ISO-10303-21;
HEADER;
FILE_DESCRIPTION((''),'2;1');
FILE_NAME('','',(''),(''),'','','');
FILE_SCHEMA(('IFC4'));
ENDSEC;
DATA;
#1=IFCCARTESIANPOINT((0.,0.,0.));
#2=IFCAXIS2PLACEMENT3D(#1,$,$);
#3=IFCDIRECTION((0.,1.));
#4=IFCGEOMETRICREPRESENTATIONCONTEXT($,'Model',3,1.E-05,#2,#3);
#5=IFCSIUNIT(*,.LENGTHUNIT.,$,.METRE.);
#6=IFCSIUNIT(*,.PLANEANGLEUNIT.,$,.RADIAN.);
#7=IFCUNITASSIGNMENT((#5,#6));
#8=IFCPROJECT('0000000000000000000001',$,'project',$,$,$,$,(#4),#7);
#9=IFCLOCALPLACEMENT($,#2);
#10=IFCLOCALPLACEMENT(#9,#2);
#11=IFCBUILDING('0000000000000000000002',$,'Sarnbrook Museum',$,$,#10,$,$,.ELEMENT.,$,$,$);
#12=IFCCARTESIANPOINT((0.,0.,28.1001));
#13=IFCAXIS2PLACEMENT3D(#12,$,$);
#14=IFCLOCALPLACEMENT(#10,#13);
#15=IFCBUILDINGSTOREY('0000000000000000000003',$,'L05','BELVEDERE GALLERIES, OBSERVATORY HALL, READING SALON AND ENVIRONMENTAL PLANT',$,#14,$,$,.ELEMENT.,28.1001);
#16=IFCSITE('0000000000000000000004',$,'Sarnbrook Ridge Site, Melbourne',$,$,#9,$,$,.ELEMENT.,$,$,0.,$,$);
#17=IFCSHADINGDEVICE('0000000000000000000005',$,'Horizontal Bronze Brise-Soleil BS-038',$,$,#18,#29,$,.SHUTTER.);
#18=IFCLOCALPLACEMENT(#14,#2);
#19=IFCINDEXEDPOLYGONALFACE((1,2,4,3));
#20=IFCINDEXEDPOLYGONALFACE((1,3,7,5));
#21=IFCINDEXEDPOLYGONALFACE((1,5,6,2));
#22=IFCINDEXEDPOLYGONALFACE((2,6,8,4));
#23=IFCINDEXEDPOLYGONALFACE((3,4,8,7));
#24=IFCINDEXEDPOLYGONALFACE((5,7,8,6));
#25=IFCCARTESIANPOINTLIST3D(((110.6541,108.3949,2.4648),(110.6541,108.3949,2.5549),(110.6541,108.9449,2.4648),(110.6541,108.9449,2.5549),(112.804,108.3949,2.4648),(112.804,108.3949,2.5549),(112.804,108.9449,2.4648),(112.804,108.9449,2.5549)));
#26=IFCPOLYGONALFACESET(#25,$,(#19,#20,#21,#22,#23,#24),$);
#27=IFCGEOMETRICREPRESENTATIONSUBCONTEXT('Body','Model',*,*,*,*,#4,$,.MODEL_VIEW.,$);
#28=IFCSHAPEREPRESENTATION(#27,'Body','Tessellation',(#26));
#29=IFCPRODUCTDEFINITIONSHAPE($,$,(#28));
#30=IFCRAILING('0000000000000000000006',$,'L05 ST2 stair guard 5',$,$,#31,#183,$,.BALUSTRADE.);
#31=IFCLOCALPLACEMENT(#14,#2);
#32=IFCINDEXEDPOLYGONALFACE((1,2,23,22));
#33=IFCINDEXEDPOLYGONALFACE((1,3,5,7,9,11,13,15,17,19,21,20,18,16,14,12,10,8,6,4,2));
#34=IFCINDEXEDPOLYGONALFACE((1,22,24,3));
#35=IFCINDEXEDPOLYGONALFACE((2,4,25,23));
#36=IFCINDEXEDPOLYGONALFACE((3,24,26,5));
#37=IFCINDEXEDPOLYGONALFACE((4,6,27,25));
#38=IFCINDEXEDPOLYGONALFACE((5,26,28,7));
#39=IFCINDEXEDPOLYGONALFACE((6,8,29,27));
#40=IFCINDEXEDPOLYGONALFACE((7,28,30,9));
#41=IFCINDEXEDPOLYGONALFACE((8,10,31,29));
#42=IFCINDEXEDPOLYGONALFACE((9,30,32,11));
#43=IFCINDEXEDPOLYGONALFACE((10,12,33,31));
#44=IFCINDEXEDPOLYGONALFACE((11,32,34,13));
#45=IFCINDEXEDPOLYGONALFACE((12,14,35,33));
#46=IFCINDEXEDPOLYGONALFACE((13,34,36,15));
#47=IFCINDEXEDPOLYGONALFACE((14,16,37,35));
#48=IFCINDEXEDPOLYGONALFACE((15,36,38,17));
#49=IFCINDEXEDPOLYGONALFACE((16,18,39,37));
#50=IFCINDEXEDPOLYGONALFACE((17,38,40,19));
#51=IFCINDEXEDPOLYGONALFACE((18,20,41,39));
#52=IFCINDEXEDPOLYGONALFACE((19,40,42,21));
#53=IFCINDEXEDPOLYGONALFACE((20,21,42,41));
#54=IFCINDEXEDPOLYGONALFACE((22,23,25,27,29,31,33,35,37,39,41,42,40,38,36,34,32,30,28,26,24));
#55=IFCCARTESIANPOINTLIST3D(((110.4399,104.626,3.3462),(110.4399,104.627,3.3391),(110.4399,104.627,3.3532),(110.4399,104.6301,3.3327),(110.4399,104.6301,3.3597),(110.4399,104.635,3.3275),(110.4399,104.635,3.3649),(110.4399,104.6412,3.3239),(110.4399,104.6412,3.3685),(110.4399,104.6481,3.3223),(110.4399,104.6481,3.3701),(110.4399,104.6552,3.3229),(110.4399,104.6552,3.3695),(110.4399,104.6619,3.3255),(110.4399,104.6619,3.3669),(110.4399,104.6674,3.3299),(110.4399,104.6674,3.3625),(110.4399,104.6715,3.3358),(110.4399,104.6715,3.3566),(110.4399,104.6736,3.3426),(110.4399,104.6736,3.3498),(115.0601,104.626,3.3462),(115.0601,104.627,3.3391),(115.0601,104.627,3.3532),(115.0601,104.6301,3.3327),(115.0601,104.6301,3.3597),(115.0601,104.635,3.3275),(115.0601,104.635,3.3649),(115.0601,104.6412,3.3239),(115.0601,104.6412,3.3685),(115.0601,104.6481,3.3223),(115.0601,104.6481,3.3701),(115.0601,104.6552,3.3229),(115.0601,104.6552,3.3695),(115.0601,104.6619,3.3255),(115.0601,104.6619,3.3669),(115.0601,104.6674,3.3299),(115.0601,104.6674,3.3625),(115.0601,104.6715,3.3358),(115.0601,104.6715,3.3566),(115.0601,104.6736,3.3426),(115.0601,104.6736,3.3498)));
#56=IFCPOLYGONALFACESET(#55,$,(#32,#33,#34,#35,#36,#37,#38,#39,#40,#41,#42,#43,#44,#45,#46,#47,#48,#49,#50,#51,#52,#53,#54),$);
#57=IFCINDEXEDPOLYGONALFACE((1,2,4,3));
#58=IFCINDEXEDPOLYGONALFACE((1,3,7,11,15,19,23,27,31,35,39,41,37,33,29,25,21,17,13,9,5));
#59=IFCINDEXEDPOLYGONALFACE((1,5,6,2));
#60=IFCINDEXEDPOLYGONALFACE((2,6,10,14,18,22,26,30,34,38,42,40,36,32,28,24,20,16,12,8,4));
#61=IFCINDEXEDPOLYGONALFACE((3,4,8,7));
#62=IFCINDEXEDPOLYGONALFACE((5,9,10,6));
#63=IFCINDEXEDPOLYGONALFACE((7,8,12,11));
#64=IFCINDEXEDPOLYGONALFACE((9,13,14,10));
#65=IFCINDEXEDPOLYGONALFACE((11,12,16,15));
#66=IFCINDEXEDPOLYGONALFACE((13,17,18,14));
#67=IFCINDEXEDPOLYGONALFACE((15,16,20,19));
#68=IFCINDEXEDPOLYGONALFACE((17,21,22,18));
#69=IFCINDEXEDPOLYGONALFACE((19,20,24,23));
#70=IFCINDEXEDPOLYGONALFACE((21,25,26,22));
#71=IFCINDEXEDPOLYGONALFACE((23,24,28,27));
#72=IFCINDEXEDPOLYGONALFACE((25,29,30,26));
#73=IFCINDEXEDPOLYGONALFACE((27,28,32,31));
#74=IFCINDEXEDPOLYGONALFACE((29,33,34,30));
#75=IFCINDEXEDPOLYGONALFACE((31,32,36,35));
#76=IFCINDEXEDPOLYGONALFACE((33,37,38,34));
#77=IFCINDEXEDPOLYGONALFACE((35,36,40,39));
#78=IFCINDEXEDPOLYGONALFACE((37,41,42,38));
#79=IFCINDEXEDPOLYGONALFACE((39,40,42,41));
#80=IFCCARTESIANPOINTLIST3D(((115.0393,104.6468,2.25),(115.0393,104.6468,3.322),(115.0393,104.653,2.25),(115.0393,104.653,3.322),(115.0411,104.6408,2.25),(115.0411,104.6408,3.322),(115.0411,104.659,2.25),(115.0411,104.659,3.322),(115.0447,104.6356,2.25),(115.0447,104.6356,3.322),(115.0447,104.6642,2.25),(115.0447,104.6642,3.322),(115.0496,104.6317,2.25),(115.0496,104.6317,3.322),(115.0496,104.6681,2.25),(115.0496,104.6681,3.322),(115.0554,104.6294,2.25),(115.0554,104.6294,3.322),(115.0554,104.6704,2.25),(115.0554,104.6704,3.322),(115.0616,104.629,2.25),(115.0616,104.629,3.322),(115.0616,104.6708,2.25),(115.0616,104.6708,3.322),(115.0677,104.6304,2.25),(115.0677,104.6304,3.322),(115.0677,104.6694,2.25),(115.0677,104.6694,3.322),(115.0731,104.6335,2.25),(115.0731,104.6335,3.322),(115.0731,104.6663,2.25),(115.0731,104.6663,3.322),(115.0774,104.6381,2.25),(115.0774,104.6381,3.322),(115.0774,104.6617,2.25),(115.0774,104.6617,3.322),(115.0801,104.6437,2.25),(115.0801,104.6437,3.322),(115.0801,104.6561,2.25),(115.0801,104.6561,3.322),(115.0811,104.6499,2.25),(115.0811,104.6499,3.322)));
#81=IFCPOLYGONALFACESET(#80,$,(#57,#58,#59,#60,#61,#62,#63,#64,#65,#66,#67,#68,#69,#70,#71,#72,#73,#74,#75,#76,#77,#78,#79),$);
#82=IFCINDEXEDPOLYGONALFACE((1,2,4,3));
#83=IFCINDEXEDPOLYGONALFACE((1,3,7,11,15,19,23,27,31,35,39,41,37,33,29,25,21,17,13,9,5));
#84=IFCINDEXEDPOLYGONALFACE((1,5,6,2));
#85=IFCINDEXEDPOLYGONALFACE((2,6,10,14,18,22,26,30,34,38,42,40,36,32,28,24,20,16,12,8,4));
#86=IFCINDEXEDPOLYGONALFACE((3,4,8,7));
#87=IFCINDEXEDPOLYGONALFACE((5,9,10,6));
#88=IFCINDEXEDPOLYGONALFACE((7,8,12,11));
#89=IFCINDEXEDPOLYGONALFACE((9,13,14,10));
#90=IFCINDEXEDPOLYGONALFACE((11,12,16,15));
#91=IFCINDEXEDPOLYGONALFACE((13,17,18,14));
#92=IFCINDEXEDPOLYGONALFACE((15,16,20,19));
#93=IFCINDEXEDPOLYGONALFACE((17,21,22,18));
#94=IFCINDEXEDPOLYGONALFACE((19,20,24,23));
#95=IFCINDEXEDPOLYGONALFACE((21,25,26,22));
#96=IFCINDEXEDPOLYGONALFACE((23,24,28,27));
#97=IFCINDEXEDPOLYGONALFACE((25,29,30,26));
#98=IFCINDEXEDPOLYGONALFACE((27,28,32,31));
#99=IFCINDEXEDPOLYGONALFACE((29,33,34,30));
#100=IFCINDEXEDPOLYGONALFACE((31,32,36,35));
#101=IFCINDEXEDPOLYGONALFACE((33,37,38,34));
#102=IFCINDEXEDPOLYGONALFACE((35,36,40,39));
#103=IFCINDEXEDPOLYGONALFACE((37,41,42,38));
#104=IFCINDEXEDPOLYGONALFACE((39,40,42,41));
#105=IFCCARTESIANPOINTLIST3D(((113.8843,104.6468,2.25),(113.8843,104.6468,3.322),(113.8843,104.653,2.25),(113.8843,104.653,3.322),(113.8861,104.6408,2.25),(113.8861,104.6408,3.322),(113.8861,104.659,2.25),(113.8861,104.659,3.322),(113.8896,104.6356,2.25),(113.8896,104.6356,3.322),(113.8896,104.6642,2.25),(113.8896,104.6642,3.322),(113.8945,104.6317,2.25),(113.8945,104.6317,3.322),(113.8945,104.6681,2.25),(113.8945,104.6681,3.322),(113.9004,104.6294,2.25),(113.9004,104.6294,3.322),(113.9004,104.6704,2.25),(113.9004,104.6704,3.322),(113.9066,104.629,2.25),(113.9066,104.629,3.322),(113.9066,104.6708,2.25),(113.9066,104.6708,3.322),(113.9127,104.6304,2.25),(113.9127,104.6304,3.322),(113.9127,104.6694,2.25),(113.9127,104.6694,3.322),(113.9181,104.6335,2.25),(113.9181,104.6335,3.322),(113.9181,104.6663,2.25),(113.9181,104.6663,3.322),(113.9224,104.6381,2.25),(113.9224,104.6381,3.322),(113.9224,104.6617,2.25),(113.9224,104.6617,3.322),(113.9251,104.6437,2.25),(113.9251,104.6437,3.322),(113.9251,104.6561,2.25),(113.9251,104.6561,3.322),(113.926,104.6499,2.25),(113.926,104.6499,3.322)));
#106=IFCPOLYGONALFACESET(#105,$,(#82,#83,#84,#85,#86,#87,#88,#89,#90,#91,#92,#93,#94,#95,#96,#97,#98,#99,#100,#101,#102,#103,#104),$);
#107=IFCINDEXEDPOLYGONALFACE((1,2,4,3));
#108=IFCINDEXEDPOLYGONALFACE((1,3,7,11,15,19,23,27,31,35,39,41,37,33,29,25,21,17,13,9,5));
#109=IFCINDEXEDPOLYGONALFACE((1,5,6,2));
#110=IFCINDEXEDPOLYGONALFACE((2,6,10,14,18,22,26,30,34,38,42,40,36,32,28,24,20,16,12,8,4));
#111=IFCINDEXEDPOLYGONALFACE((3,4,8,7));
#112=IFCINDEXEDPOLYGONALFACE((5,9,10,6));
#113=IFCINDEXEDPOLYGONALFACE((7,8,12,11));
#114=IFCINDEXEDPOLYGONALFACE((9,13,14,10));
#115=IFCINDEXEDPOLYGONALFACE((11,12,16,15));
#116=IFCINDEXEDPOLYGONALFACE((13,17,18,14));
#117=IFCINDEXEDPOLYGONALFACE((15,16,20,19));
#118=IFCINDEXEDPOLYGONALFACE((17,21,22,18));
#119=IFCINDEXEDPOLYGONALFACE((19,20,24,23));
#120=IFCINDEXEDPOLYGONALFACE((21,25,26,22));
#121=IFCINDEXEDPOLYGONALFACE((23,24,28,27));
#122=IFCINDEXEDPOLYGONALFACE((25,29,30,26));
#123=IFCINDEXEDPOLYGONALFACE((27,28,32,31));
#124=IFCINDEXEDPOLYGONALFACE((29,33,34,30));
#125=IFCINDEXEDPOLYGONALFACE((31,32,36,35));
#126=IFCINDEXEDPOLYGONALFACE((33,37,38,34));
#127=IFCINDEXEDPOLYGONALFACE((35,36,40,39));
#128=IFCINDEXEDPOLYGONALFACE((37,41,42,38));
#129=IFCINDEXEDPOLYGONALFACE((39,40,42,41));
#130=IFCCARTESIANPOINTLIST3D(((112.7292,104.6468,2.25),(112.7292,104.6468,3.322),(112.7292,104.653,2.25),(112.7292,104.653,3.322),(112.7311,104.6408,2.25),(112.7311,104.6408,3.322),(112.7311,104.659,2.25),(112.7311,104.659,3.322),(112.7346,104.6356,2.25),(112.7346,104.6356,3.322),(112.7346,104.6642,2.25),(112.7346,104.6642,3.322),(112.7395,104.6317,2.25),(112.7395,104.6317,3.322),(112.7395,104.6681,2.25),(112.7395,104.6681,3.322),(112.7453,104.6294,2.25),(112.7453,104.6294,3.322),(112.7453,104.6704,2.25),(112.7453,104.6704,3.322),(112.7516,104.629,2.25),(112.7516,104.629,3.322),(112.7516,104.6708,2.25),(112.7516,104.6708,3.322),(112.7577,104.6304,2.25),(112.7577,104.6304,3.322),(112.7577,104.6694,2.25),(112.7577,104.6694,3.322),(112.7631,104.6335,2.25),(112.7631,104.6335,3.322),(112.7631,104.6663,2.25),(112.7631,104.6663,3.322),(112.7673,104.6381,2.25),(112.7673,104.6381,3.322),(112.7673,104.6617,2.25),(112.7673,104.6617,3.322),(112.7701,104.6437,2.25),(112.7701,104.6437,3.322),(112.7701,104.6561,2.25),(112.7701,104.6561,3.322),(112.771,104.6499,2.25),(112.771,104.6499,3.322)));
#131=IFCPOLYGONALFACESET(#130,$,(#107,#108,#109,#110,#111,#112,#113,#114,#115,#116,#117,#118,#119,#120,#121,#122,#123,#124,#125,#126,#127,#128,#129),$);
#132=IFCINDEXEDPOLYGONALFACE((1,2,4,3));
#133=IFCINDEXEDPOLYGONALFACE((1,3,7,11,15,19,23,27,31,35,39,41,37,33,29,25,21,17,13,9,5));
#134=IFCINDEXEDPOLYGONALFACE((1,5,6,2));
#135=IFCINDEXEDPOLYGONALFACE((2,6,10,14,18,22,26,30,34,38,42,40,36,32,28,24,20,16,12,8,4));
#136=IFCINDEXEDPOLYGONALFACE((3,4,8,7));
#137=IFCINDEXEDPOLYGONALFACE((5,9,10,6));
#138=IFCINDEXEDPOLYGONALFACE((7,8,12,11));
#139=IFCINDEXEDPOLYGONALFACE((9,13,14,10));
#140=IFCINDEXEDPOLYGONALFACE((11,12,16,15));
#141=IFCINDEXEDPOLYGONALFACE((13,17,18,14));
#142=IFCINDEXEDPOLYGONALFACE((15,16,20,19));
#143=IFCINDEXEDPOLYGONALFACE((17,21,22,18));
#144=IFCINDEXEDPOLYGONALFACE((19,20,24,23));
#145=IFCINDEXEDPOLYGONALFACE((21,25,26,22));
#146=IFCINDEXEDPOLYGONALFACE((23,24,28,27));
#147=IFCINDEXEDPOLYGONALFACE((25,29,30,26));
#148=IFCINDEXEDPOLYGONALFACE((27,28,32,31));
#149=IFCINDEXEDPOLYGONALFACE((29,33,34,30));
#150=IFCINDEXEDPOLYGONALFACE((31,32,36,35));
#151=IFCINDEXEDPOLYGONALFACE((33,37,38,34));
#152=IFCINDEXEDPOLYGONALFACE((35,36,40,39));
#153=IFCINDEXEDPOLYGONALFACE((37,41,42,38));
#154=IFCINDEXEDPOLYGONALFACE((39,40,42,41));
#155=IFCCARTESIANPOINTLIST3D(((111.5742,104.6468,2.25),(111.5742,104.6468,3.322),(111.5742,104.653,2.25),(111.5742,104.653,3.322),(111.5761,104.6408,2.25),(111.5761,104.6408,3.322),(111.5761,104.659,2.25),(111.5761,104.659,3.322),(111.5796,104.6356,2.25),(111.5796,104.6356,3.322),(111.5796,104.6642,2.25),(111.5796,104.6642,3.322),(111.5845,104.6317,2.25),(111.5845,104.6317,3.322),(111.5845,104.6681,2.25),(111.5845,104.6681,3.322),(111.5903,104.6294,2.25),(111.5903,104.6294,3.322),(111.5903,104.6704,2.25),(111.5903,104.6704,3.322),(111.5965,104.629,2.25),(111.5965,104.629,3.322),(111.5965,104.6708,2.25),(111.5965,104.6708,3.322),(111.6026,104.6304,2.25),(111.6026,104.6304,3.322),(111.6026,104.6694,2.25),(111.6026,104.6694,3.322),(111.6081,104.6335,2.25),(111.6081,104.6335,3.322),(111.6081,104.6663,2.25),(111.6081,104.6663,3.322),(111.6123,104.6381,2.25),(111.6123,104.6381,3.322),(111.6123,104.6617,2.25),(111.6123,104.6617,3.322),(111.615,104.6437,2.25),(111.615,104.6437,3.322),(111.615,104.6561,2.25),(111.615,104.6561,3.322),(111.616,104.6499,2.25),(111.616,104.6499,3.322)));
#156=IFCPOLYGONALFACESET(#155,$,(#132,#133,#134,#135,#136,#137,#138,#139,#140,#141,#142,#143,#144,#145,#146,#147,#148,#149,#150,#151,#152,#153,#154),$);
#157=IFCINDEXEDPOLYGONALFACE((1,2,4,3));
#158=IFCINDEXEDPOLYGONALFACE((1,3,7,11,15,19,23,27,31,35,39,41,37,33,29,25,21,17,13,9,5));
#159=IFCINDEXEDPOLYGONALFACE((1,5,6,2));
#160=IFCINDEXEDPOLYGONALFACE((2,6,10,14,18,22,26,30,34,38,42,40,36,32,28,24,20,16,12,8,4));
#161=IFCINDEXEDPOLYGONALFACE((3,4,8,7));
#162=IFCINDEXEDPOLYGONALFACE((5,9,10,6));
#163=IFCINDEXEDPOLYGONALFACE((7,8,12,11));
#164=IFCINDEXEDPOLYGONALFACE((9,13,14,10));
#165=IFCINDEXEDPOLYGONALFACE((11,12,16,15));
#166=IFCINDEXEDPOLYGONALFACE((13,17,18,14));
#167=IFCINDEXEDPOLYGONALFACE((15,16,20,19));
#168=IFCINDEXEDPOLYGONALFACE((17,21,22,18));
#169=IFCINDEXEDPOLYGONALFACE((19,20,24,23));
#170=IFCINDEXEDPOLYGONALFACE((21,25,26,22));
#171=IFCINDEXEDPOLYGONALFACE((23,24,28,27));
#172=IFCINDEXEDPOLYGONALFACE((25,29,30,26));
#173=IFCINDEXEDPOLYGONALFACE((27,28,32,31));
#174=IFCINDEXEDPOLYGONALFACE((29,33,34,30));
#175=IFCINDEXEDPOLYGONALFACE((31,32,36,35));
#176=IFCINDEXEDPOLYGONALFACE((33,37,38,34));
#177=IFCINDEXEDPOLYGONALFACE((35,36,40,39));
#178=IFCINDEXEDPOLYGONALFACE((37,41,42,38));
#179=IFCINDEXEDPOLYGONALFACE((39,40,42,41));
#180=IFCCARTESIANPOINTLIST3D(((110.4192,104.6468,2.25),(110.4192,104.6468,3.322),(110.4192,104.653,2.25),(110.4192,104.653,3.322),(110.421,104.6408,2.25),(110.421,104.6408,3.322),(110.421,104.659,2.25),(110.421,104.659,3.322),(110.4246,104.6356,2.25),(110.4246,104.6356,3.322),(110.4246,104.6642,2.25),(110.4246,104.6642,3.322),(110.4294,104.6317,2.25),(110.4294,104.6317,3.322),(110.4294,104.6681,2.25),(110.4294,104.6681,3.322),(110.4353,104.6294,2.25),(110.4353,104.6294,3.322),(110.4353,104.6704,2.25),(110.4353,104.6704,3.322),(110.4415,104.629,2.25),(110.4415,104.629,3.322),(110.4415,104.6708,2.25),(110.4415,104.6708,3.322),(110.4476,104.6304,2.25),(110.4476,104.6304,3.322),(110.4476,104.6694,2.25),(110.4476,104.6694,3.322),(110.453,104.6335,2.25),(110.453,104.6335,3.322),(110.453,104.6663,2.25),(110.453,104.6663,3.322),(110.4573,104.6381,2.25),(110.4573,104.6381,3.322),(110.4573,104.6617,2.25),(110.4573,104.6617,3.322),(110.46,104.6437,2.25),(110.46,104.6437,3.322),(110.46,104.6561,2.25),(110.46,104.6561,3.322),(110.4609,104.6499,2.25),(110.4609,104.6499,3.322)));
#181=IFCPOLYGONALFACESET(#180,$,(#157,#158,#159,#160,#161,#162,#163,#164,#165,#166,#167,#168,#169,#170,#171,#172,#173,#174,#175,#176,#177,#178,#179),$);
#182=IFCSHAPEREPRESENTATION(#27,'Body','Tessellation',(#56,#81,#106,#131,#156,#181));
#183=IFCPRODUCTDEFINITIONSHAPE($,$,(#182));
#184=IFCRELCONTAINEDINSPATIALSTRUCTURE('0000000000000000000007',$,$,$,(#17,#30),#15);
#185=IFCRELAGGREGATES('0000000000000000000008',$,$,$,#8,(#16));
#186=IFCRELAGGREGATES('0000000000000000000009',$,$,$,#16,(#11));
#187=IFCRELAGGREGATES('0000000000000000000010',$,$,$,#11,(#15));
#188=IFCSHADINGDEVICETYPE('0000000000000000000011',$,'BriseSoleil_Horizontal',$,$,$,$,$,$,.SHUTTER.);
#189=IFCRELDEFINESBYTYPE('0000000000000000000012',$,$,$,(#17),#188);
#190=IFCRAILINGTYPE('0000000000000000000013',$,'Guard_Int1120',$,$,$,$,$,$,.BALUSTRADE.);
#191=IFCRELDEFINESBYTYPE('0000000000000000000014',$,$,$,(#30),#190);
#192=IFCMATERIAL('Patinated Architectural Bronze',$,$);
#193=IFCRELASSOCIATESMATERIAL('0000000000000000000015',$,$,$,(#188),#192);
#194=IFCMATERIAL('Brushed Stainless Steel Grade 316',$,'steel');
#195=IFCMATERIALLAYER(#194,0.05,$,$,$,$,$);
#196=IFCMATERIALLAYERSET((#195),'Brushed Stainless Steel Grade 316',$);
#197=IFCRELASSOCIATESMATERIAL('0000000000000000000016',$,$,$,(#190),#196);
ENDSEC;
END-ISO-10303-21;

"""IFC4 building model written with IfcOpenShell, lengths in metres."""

from ifc_helpers import new_model, si_unit, direction, frame, origin, origin_2d, place, context, subcontext, project, spatial, rectangle, circle, extrude, material, layer, layer_set, type_object, element, save


model = new_model("IFC4")

# Units and contexts
model_context = context("Model", 3, precision=1e-05, world=origin(), true_north=direction((0.0, 1.0)))
body_context = subcontext(model_context, "Body", "Model", "MODEL_VIEW")
ifc_project = project(units=[si_unit("LENGTHUNIT", "METRE"), si_unit("PLANEANGLEUNIT", "RADIAN")], contexts=[model_context])

# Site, building, storey
site_placement = place(None, origin())
site = spatial("IfcSite", under=ifc_project, at=site_placement, Name="Sarnbrook Ridge Site, Melbourne", CompositionType="ELEMENT", RefElevation=0.0)
building_placement = place(site_placement, origin())
building = spatial("IfcBuilding", under=site, at=building_placement, Name="Sarnbrook Museum", CompositionType="ELEMENT")
storey_placement = place(building_placement, frame((0.0, 0.0, 28.1001)))
storey = spatial("IfcBuildingStorey", under=building, at=storey_placement, Name="L05", Description="BELVEDERE GALLERIES, OBSERVATORY HALL, READING SALON AND ENVIRONMENTAL PLANT", CompositionType="ELEMENT", Elevation=28.1001)

# Shading device
ifc_material_1 = material(Name="Patinated Architectural Bronze")
shading_device_type = type_object("IfcShadingDeviceType", Name="BriseSoleil_Horizontal", PredefinedType="SHUTTER", material=ifc_material_1)
shading_device_1_placement = place(storey_placement, frame((111.729, 108.6699, 2.4648), z_axis=(0.0, 0.0, 1.0), x_axis=(1.0, 0.0, 0.0)))
element("IfcShadingDevice", 1, at=shading_device_1_placement, inside=storey, type_object=shading_device_type, Name="Horizontal Bronze Brise-Soleil BS-038", PredefinedType="SHUTTER", context=body_context, shape_type="SweptSolid", body=[
    extrude(rectangle(XDim=2.1499, YDim=0.55, at=origin_2d()), origin(), (0.0, 0.0, 1.0), 0.0901),
])

# Railing
ifc_material_2 = material(Name="Brushed Stainless Steel Grade 316", Category="steel")
ifc_layer_1 = layer(ifc_material_2, 0.05)
ifc_layer_set_1 = layer_set([ifc_layer_1], Name="Brushed Stainless Steel Grade 316")
railing_type = type_object("IfcRailingType", Name="Guard_Int1120", PredefinedType="BALUSTRADE", material=ifc_layer_set_1)
railing_1_placement = place(storey_placement, frame((115.0601, 104.6499, 2.25)))
element("IfcRailing", 2, at=railing_1_placement, inside=storey, type_object=railing_type, Name="L05 ST2 stair guard 5", PredefinedType="BALUSTRADE", context=body_context, shape_type="SweptSolid", body=[
    extrude(circle(Radius=0.0239, at=origin_2d()), frame((0.0, 0.0, 1.0962), z_axis=(-1.0, 0.0, 0.0), x_axis=(0.0, -1.0, 0.0)), (0.0, 0.0, 1.0), 4.6201),
    extrude(circle(Radius=0.021, at=origin_2d()), origin(), (0.0, 0.0, 1.0), 1.072),
    extrude(circle(Radius=0.021, at=origin_2d()), frame((-1.155, 0.0, 0.0)), (0.0, 0.0, 1.0), 1.072),
    extrude(circle(Radius=0.021, at=origin_2d()), frame((-2.3101, 0.0, 0.0)), (0.0, 0.0, 1.0), 1.072),
    extrude(circle(Radius=0.021, at=origin_2d()), frame((-3.4651, 0.0, 0.0)), (0.0, 0.0, 1.0), 1.072),
    extrude(circle(Radius=0.021, at=origin_2d()), frame((-4.6201, 0.0, 0.0)), (0.0, 0.0, 1.0), 1.072),
])

save(model, "model.ifc")
